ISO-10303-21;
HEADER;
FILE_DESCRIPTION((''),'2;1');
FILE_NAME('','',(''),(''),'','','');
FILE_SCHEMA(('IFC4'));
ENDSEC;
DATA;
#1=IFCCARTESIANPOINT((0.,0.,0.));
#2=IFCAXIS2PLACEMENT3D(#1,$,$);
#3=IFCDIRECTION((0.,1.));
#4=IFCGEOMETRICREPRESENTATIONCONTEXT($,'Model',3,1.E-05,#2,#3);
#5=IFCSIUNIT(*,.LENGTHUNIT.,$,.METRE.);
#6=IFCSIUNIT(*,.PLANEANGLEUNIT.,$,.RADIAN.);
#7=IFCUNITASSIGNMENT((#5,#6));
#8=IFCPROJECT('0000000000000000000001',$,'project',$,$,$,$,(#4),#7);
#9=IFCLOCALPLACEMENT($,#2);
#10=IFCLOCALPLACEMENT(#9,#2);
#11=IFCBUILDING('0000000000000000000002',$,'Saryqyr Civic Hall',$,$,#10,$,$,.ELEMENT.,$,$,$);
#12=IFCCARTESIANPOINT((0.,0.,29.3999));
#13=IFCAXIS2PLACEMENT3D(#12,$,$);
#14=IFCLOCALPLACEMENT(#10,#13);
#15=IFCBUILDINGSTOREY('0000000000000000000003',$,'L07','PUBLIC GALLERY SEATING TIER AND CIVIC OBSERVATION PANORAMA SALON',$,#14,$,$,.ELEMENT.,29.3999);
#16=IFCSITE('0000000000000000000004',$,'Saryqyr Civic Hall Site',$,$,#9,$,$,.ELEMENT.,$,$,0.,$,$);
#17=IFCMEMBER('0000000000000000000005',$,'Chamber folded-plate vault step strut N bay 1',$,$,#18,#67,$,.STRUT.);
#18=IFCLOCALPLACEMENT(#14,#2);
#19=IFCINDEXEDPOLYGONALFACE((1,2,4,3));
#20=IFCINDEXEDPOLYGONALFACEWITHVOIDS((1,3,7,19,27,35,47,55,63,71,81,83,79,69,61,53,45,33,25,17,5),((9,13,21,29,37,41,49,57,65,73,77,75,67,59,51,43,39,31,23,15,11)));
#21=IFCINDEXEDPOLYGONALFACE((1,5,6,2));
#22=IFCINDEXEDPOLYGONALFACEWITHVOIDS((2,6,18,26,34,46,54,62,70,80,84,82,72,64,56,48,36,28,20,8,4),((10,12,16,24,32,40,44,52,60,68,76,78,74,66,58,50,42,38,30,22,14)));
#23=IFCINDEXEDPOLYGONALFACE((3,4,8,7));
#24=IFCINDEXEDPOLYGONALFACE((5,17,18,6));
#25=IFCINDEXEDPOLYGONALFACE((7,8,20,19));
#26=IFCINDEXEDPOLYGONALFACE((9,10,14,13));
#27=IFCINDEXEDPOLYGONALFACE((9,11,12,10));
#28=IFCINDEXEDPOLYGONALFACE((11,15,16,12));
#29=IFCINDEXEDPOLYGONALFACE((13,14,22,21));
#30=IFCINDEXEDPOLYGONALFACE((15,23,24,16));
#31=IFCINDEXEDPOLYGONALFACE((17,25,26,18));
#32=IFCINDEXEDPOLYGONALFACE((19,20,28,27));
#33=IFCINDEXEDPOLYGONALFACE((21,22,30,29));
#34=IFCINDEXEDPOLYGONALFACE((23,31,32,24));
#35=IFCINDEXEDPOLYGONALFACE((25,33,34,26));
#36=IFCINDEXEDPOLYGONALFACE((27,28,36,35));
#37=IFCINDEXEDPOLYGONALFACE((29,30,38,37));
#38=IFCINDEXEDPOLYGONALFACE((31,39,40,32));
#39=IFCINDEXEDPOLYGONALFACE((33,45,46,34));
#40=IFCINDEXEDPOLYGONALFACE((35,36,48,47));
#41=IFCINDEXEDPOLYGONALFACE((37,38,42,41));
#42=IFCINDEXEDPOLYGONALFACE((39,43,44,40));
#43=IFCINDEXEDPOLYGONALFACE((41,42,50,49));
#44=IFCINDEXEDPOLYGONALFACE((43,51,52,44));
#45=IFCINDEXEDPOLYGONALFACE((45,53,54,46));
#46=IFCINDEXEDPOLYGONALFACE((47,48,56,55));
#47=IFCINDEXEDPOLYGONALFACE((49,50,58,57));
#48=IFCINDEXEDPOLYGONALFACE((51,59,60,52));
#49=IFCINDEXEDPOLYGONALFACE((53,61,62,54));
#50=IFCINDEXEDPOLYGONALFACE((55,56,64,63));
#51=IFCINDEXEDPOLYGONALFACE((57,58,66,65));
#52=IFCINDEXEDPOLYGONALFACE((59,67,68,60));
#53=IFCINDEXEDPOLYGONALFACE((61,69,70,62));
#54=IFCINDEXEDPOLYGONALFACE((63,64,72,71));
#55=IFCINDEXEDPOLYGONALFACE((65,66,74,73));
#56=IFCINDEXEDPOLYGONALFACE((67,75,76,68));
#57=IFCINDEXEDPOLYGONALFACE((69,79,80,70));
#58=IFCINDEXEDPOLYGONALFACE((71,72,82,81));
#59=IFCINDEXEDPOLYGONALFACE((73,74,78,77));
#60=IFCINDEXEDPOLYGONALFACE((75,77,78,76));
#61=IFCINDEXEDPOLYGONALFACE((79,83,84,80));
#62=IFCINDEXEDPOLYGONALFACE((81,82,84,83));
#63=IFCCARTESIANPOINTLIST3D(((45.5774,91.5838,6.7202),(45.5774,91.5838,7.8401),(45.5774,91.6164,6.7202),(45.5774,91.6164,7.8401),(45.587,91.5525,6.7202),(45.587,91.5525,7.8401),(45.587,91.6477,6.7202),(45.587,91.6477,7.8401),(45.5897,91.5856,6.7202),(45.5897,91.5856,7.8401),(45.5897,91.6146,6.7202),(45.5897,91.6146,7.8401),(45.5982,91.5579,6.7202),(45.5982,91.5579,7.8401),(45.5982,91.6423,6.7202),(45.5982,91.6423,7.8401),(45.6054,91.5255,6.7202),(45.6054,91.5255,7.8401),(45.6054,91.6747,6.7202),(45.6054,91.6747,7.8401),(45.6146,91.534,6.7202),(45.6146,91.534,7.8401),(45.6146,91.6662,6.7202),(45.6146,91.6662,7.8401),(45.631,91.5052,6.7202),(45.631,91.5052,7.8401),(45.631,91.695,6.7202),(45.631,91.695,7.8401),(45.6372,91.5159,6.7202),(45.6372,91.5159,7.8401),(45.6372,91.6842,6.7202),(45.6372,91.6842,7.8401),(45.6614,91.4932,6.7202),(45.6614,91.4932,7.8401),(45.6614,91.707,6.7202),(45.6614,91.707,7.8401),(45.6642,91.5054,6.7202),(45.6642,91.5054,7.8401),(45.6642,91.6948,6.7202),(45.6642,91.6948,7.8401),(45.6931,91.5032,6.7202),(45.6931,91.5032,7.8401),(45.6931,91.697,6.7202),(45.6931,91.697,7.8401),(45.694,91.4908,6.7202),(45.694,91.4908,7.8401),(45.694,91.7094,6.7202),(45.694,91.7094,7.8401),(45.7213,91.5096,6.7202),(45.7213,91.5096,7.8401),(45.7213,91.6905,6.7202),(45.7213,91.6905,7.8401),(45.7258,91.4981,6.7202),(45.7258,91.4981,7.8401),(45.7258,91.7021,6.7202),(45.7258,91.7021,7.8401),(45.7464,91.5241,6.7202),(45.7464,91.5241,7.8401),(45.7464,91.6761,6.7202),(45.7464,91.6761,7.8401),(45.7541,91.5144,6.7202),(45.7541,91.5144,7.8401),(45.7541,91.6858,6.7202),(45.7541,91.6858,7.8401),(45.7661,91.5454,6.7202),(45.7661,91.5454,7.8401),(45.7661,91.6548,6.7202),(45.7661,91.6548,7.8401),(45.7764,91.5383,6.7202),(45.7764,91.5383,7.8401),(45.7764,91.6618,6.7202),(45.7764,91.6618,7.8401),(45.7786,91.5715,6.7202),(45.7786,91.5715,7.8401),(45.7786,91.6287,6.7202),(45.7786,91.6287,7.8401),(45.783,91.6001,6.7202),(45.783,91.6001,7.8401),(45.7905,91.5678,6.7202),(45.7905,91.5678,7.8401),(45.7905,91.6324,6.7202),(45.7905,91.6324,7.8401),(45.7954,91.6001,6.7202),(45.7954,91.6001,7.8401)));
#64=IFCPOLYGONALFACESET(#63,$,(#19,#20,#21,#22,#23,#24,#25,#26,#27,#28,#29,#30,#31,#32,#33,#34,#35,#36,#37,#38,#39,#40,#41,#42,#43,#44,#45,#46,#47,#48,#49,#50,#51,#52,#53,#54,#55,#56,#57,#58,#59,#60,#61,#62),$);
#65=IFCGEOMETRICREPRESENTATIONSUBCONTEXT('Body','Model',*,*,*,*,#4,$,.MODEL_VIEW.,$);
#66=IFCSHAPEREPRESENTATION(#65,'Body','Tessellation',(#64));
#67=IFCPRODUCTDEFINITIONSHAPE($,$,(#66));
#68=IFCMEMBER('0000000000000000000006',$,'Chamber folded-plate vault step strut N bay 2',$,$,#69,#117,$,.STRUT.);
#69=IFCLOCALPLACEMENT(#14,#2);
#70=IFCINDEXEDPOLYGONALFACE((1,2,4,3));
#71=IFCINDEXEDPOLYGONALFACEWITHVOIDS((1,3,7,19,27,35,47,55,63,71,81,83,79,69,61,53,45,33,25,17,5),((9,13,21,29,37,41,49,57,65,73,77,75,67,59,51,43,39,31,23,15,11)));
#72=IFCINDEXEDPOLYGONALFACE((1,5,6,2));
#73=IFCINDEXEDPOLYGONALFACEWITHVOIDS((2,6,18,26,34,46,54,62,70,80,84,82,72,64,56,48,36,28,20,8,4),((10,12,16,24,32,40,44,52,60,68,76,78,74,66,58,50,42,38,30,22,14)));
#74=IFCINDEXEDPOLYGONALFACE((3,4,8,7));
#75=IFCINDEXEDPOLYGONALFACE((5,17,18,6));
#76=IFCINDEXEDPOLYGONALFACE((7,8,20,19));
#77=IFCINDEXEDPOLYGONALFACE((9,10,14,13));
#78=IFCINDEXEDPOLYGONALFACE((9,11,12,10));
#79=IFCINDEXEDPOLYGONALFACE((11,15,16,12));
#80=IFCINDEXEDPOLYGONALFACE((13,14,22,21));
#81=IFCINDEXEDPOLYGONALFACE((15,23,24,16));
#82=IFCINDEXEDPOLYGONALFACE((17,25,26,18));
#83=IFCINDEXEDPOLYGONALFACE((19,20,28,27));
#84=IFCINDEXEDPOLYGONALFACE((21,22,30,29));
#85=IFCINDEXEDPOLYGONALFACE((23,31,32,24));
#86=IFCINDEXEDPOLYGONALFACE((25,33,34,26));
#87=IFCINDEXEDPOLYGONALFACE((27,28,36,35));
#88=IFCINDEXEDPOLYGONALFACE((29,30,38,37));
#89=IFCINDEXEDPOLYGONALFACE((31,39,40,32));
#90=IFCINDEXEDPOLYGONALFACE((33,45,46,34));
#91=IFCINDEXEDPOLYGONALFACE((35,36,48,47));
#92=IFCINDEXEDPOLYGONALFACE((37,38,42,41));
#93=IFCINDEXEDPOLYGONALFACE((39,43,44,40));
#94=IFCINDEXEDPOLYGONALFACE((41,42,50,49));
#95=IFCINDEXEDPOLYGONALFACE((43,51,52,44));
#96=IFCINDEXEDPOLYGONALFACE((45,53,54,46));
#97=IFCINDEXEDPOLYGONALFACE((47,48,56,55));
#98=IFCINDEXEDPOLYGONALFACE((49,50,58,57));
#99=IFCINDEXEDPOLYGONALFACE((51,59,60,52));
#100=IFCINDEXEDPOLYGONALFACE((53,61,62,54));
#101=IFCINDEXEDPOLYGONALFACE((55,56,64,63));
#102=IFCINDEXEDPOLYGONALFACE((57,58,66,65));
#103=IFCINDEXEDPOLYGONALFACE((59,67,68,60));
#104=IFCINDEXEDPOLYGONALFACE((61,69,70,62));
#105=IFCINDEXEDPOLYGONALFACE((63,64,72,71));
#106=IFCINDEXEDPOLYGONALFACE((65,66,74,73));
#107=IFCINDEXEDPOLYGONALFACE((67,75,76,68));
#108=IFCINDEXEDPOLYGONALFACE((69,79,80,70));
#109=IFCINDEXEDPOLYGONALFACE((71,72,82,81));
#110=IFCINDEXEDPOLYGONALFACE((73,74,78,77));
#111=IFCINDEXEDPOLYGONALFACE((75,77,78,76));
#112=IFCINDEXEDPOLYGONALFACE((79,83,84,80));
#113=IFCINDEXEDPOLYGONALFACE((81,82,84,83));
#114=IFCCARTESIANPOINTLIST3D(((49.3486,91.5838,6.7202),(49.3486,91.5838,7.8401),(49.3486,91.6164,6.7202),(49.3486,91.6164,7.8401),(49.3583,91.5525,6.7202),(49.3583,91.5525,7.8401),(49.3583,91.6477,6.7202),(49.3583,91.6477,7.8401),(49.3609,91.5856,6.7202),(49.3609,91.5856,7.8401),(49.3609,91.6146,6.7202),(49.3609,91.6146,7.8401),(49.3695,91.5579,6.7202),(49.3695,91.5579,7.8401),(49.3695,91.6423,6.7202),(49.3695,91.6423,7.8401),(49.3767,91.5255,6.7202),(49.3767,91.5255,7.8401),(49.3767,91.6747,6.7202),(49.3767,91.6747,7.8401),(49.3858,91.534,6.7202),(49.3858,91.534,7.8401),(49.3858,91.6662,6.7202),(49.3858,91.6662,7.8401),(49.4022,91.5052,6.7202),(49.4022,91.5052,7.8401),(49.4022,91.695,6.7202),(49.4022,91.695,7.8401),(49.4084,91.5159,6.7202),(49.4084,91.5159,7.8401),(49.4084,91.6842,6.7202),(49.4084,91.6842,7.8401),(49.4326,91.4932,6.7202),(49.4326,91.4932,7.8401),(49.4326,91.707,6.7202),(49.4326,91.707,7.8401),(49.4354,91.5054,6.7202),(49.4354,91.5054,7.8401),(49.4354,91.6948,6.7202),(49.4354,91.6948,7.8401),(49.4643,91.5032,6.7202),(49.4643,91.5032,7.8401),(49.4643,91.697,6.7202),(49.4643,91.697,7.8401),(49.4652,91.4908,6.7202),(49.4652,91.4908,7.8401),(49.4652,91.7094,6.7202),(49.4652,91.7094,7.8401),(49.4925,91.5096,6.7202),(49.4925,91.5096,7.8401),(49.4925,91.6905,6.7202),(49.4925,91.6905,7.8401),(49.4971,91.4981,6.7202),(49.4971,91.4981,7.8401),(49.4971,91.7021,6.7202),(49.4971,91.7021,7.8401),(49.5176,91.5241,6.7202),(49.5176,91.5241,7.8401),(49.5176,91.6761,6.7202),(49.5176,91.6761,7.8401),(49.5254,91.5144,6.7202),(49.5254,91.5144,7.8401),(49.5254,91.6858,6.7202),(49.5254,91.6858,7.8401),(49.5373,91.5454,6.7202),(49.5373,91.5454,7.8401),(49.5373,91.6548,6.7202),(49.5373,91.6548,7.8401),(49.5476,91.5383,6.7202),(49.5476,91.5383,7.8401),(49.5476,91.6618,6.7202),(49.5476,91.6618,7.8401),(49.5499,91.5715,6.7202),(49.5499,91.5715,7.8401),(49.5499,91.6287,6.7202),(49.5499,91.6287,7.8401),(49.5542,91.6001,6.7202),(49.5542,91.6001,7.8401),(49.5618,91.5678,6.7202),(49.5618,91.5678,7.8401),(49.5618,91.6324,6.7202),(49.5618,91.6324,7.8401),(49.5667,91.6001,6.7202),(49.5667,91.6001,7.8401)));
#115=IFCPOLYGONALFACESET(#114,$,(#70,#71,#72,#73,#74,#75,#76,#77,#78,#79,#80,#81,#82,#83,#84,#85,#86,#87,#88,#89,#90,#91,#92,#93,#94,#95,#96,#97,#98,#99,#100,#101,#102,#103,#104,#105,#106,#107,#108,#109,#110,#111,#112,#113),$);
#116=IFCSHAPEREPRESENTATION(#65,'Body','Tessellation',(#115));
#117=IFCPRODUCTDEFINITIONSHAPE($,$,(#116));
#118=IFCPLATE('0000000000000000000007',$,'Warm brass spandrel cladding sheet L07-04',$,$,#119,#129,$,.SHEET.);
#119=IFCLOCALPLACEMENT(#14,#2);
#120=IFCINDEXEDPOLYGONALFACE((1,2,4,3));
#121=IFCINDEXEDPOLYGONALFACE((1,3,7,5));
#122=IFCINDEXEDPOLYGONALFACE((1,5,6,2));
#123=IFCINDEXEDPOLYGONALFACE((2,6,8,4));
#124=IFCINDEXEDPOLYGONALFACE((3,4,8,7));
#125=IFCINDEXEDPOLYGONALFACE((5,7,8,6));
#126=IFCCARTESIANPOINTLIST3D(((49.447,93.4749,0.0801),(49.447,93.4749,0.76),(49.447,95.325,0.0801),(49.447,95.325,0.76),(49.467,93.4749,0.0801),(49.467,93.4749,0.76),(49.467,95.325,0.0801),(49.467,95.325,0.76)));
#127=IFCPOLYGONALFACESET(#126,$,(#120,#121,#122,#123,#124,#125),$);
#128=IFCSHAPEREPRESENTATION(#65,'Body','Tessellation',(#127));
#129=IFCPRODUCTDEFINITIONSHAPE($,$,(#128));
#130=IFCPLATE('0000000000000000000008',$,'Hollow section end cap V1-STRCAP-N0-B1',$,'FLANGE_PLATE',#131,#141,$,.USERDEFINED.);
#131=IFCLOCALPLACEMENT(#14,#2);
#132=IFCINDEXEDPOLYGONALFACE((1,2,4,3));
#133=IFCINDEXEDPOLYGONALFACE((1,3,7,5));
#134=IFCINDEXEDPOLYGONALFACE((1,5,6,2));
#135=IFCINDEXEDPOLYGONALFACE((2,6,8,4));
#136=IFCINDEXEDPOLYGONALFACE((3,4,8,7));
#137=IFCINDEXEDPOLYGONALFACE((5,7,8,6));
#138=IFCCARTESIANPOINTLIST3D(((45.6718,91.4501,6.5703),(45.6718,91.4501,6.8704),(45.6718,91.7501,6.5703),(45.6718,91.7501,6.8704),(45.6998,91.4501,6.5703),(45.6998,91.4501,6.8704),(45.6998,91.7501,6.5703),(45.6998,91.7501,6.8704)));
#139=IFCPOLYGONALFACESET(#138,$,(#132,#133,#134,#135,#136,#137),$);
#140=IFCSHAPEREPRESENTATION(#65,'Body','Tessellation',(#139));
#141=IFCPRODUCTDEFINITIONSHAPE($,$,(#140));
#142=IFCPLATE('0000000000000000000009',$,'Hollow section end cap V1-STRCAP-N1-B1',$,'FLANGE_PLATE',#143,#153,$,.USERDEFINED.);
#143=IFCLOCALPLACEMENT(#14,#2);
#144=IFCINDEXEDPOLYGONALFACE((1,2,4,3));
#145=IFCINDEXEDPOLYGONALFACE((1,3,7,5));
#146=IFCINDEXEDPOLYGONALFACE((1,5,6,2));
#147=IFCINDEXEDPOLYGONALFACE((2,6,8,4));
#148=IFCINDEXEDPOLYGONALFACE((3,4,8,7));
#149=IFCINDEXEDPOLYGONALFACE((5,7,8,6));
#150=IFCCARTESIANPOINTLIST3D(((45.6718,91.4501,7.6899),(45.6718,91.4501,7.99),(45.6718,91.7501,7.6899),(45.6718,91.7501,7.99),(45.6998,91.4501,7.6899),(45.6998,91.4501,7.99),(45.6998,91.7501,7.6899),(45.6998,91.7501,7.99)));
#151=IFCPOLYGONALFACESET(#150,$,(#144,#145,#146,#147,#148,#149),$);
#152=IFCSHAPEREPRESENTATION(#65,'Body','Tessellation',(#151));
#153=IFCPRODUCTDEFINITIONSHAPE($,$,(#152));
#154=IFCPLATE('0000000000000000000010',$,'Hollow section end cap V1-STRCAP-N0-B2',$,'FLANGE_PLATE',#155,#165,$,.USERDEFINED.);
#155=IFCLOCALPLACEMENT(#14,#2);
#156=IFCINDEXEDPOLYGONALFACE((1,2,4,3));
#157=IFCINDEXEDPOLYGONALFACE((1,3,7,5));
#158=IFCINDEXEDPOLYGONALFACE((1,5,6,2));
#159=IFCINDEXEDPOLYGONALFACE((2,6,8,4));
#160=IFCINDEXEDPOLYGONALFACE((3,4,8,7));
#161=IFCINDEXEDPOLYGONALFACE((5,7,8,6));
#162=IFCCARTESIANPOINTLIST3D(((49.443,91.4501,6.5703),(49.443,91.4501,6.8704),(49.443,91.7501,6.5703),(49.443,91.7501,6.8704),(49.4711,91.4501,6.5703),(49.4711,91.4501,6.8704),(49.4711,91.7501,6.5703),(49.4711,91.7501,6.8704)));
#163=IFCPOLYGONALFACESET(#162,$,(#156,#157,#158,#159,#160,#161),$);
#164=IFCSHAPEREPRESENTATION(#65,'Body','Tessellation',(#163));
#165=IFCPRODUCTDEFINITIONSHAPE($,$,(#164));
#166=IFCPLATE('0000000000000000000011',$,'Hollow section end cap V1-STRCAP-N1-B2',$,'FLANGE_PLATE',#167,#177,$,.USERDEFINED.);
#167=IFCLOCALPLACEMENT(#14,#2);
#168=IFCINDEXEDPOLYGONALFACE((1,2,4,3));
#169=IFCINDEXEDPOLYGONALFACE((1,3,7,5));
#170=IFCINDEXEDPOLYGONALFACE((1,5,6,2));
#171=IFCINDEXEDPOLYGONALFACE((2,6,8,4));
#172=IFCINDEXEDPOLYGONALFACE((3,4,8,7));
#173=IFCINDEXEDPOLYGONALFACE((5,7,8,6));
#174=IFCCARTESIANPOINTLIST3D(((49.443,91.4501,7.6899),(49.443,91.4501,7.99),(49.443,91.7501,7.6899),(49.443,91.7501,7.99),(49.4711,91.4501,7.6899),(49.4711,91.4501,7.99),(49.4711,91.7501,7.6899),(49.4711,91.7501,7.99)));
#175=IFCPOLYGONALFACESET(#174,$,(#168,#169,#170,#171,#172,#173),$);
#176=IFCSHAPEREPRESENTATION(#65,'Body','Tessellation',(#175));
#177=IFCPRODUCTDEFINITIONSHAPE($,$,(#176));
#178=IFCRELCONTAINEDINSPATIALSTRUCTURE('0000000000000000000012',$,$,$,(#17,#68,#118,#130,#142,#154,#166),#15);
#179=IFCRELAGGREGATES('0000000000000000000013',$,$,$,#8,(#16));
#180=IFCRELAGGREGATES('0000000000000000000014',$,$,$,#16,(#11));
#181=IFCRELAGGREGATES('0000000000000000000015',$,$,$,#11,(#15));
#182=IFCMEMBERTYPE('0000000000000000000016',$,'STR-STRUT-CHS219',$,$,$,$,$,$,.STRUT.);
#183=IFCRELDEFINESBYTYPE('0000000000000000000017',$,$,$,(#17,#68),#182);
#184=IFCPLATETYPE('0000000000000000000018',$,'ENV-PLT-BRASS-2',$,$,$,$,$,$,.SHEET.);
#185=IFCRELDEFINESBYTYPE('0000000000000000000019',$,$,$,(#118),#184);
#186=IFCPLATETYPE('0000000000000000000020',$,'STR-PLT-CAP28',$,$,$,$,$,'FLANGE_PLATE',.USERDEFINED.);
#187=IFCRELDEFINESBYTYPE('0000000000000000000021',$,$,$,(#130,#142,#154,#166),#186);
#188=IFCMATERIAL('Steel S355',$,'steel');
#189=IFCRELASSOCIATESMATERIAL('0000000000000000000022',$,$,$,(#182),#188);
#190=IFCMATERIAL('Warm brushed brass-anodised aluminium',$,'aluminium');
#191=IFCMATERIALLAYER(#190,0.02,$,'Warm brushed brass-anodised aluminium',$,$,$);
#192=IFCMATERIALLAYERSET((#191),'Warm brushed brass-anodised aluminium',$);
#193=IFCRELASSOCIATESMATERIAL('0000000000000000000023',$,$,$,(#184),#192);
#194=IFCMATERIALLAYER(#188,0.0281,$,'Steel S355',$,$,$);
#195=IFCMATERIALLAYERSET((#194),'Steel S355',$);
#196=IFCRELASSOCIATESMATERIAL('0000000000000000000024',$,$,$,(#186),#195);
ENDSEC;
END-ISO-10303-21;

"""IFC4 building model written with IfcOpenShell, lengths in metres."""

from ifc_helpers import new_model, si_unit, direction, frame, origin, origin_2d, place, context, subcontext, project, spatial, rectangle, hollow_circle, extrude, material, layer, layer_set, material_profile, profile_set, type_object, element, save


model = new_model("IFC4")

# Units and contexts
model_context = context("Model", 3, precision=1e-05, world=origin(), true_north=direction((0.0, 1.0)))
body_context = subcontext(model_context, "Body", "Model", "MODEL_VIEW")
ifc_project = project(units=[si_unit("LENGTHUNIT", "METRE"), si_unit("PLANEANGLEUNIT", "RADIAN")], contexts=[model_context])

# Site, building, storey
site_placement = place(None, origin())
site = spatial("IfcSite", under=ifc_project, at=site_placement, Name="Saryqyr Civic Hall Site", CompositionType="ELEMENT", RefElevation=0.0)
building_placement = place(site_placement, origin())
building = spatial("IfcBuilding", under=site, at=building_placement, Name="Saryqyr Civic Hall", CompositionType="ELEMENT")
storey_placement = place(building_placement, frame((0.0, 0.0, 29.3999)))
storey = spatial("IfcBuildingStorey", under=building, at=storey_placement, Name="L07", Description="PUBLIC GALLERY SEATING TIER AND CIVIC OBSERVATION PANORAMA SALON", CompositionType="ELEMENT", Elevation=29.3999)

# Shared definitions
ifc_material_1 = material(Name="Steel S355", Category="steel")

# Members
ifc_material_profile_1 = material_profile(ifc_material_1, hollow_circle(Radius=0.1096, WallThickness=0.0125, at=origin_2d()), Name="CHS 219.1x12.5")
ifc_profile_set_1 = profile_set([ifc_material_profile_1], Name="Steel S355")
member_type_1 = type_object("IfcMemberType", Name="STR-STRUT-CHS219", PredefinedType="STRUT", material=ifc_profile_set_1)
for number, where, z_axis, x_axis, name in (
    (1, (45.6858, 91.6001, 6.7202), (0.0, 0.0, 1.0), (1.0, 0.0, 0.0), "Chamber folded-plate vault step strut N bay 1"),
    (2, (49.457, 91.6001, 6.7202), (0.0, 0.0, 1.0), (1.0, 0.0, 0.0), "Chamber folded-plate vault step strut N bay 2"),
):
    element("IfcMember", number, at=place(storey_placement, frame(where, z_axis=z_axis, x_axis=x_axis)), inside=storey, type_object=member_type_1, Name=name, PredefinedType="STRUT", context=body_context, shape_type="SweptSolid", body=[
        extrude(hollow_circle(Radius=0.1096, WallThickness=0.0125, at=origin_2d()), origin(), (0.0, 0.0, 1.0), 1.1199),
    ])

# Plates
ifc_material_2 = material(Name="Warm brushed brass-anodised aluminium", Category="aluminium")
ifc_layer_1 = layer(ifc_material_2, 0.02, Name="Warm brushed brass-anodised aluminium")
ifc_layer_set_1 = layer_set([ifc_layer_1], Name="Warm brushed brass-anodised aluminium")
plate_type_1 = type_object("IfcPlateType", Name="ENV-PLT-BRASS-2", PredefinedType="SHEET", material=ifc_layer_set_1)
plate_placement = place(storey_placement, frame((49.457, 94.3999, 0.0801), z_axis=(0.0, 0.0, 1.0), x_axis=(0.0, 1.0, 0.0)))
element("IfcPlate", 3, at=plate_placement, inside=storey, type_object=plate_type_1, Name="Warm brass spandrel cladding sheet L07-04", PredefinedType="SHEET", context=body_context, shape_type="SweptSolid", body=[
    extrude(rectangle(XDim=1.8501, YDim=0.02, at=origin_2d()), origin(), (0.0, 0.0, 1.0), 0.6799),
])
ifc_layer_2 = layer(ifc_material_1, 0.0281, Name="Steel S355")
ifc_layer_set_2 = layer_set([ifc_layer_2], Name="Steel S355")
plate_type_2 = type_object("IfcPlateType", Name="STR-PLT-CAP28", ElementType="FLANGE_PLATE", PredefinedType="USERDEFINED", material=ifc_layer_set_2)
for number, where, z_axis, x_axis, name in (
    (4, (45.6858, 91.6001, 6.5703), (0.0, 0.0, 1.0), (1.0, 0.0, 0.0), "Hollow section end cap V1-STRCAP-N0-B1"),
    (5, (45.6858, 91.6001, 7.6899), (0.0, 0.0, 1.0), (1.0, 0.0, 0.0), "Hollow section end cap V1-STRCAP-N1-B1"),
    (6, (49.457, 91.6001, 6.5703), (0.0, 0.0, 1.0), (1.0, 0.0, 0.0), "Hollow section end cap V1-STRCAP-N0-B2"),
    (7, (49.457, 91.6001, 7.6899), (0.0, 0.0, 1.0), (1.0, 0.0, 0.0), "Hollow section end cap V1-STRCAP-N1-B2"),
):
    element("IfcPlate", number, at=place(storey_placement, frame(where, z_axis=z_axis, x_axis=x_axis)), inside=storey, type_object=plate_type_2, Name=name, ObjectType="FLANGE_PLATE", PredefinedType="USERDEFINED", context=body_context, shape_type="SweptSolid", body=[
        extrude(rectangle(XDim=0.0281, YDim=0.3, at=origin_2d()), origin(), (0.0, 0.0, 1.0), 0.3),
    ])

save(model, "model.ifc")
